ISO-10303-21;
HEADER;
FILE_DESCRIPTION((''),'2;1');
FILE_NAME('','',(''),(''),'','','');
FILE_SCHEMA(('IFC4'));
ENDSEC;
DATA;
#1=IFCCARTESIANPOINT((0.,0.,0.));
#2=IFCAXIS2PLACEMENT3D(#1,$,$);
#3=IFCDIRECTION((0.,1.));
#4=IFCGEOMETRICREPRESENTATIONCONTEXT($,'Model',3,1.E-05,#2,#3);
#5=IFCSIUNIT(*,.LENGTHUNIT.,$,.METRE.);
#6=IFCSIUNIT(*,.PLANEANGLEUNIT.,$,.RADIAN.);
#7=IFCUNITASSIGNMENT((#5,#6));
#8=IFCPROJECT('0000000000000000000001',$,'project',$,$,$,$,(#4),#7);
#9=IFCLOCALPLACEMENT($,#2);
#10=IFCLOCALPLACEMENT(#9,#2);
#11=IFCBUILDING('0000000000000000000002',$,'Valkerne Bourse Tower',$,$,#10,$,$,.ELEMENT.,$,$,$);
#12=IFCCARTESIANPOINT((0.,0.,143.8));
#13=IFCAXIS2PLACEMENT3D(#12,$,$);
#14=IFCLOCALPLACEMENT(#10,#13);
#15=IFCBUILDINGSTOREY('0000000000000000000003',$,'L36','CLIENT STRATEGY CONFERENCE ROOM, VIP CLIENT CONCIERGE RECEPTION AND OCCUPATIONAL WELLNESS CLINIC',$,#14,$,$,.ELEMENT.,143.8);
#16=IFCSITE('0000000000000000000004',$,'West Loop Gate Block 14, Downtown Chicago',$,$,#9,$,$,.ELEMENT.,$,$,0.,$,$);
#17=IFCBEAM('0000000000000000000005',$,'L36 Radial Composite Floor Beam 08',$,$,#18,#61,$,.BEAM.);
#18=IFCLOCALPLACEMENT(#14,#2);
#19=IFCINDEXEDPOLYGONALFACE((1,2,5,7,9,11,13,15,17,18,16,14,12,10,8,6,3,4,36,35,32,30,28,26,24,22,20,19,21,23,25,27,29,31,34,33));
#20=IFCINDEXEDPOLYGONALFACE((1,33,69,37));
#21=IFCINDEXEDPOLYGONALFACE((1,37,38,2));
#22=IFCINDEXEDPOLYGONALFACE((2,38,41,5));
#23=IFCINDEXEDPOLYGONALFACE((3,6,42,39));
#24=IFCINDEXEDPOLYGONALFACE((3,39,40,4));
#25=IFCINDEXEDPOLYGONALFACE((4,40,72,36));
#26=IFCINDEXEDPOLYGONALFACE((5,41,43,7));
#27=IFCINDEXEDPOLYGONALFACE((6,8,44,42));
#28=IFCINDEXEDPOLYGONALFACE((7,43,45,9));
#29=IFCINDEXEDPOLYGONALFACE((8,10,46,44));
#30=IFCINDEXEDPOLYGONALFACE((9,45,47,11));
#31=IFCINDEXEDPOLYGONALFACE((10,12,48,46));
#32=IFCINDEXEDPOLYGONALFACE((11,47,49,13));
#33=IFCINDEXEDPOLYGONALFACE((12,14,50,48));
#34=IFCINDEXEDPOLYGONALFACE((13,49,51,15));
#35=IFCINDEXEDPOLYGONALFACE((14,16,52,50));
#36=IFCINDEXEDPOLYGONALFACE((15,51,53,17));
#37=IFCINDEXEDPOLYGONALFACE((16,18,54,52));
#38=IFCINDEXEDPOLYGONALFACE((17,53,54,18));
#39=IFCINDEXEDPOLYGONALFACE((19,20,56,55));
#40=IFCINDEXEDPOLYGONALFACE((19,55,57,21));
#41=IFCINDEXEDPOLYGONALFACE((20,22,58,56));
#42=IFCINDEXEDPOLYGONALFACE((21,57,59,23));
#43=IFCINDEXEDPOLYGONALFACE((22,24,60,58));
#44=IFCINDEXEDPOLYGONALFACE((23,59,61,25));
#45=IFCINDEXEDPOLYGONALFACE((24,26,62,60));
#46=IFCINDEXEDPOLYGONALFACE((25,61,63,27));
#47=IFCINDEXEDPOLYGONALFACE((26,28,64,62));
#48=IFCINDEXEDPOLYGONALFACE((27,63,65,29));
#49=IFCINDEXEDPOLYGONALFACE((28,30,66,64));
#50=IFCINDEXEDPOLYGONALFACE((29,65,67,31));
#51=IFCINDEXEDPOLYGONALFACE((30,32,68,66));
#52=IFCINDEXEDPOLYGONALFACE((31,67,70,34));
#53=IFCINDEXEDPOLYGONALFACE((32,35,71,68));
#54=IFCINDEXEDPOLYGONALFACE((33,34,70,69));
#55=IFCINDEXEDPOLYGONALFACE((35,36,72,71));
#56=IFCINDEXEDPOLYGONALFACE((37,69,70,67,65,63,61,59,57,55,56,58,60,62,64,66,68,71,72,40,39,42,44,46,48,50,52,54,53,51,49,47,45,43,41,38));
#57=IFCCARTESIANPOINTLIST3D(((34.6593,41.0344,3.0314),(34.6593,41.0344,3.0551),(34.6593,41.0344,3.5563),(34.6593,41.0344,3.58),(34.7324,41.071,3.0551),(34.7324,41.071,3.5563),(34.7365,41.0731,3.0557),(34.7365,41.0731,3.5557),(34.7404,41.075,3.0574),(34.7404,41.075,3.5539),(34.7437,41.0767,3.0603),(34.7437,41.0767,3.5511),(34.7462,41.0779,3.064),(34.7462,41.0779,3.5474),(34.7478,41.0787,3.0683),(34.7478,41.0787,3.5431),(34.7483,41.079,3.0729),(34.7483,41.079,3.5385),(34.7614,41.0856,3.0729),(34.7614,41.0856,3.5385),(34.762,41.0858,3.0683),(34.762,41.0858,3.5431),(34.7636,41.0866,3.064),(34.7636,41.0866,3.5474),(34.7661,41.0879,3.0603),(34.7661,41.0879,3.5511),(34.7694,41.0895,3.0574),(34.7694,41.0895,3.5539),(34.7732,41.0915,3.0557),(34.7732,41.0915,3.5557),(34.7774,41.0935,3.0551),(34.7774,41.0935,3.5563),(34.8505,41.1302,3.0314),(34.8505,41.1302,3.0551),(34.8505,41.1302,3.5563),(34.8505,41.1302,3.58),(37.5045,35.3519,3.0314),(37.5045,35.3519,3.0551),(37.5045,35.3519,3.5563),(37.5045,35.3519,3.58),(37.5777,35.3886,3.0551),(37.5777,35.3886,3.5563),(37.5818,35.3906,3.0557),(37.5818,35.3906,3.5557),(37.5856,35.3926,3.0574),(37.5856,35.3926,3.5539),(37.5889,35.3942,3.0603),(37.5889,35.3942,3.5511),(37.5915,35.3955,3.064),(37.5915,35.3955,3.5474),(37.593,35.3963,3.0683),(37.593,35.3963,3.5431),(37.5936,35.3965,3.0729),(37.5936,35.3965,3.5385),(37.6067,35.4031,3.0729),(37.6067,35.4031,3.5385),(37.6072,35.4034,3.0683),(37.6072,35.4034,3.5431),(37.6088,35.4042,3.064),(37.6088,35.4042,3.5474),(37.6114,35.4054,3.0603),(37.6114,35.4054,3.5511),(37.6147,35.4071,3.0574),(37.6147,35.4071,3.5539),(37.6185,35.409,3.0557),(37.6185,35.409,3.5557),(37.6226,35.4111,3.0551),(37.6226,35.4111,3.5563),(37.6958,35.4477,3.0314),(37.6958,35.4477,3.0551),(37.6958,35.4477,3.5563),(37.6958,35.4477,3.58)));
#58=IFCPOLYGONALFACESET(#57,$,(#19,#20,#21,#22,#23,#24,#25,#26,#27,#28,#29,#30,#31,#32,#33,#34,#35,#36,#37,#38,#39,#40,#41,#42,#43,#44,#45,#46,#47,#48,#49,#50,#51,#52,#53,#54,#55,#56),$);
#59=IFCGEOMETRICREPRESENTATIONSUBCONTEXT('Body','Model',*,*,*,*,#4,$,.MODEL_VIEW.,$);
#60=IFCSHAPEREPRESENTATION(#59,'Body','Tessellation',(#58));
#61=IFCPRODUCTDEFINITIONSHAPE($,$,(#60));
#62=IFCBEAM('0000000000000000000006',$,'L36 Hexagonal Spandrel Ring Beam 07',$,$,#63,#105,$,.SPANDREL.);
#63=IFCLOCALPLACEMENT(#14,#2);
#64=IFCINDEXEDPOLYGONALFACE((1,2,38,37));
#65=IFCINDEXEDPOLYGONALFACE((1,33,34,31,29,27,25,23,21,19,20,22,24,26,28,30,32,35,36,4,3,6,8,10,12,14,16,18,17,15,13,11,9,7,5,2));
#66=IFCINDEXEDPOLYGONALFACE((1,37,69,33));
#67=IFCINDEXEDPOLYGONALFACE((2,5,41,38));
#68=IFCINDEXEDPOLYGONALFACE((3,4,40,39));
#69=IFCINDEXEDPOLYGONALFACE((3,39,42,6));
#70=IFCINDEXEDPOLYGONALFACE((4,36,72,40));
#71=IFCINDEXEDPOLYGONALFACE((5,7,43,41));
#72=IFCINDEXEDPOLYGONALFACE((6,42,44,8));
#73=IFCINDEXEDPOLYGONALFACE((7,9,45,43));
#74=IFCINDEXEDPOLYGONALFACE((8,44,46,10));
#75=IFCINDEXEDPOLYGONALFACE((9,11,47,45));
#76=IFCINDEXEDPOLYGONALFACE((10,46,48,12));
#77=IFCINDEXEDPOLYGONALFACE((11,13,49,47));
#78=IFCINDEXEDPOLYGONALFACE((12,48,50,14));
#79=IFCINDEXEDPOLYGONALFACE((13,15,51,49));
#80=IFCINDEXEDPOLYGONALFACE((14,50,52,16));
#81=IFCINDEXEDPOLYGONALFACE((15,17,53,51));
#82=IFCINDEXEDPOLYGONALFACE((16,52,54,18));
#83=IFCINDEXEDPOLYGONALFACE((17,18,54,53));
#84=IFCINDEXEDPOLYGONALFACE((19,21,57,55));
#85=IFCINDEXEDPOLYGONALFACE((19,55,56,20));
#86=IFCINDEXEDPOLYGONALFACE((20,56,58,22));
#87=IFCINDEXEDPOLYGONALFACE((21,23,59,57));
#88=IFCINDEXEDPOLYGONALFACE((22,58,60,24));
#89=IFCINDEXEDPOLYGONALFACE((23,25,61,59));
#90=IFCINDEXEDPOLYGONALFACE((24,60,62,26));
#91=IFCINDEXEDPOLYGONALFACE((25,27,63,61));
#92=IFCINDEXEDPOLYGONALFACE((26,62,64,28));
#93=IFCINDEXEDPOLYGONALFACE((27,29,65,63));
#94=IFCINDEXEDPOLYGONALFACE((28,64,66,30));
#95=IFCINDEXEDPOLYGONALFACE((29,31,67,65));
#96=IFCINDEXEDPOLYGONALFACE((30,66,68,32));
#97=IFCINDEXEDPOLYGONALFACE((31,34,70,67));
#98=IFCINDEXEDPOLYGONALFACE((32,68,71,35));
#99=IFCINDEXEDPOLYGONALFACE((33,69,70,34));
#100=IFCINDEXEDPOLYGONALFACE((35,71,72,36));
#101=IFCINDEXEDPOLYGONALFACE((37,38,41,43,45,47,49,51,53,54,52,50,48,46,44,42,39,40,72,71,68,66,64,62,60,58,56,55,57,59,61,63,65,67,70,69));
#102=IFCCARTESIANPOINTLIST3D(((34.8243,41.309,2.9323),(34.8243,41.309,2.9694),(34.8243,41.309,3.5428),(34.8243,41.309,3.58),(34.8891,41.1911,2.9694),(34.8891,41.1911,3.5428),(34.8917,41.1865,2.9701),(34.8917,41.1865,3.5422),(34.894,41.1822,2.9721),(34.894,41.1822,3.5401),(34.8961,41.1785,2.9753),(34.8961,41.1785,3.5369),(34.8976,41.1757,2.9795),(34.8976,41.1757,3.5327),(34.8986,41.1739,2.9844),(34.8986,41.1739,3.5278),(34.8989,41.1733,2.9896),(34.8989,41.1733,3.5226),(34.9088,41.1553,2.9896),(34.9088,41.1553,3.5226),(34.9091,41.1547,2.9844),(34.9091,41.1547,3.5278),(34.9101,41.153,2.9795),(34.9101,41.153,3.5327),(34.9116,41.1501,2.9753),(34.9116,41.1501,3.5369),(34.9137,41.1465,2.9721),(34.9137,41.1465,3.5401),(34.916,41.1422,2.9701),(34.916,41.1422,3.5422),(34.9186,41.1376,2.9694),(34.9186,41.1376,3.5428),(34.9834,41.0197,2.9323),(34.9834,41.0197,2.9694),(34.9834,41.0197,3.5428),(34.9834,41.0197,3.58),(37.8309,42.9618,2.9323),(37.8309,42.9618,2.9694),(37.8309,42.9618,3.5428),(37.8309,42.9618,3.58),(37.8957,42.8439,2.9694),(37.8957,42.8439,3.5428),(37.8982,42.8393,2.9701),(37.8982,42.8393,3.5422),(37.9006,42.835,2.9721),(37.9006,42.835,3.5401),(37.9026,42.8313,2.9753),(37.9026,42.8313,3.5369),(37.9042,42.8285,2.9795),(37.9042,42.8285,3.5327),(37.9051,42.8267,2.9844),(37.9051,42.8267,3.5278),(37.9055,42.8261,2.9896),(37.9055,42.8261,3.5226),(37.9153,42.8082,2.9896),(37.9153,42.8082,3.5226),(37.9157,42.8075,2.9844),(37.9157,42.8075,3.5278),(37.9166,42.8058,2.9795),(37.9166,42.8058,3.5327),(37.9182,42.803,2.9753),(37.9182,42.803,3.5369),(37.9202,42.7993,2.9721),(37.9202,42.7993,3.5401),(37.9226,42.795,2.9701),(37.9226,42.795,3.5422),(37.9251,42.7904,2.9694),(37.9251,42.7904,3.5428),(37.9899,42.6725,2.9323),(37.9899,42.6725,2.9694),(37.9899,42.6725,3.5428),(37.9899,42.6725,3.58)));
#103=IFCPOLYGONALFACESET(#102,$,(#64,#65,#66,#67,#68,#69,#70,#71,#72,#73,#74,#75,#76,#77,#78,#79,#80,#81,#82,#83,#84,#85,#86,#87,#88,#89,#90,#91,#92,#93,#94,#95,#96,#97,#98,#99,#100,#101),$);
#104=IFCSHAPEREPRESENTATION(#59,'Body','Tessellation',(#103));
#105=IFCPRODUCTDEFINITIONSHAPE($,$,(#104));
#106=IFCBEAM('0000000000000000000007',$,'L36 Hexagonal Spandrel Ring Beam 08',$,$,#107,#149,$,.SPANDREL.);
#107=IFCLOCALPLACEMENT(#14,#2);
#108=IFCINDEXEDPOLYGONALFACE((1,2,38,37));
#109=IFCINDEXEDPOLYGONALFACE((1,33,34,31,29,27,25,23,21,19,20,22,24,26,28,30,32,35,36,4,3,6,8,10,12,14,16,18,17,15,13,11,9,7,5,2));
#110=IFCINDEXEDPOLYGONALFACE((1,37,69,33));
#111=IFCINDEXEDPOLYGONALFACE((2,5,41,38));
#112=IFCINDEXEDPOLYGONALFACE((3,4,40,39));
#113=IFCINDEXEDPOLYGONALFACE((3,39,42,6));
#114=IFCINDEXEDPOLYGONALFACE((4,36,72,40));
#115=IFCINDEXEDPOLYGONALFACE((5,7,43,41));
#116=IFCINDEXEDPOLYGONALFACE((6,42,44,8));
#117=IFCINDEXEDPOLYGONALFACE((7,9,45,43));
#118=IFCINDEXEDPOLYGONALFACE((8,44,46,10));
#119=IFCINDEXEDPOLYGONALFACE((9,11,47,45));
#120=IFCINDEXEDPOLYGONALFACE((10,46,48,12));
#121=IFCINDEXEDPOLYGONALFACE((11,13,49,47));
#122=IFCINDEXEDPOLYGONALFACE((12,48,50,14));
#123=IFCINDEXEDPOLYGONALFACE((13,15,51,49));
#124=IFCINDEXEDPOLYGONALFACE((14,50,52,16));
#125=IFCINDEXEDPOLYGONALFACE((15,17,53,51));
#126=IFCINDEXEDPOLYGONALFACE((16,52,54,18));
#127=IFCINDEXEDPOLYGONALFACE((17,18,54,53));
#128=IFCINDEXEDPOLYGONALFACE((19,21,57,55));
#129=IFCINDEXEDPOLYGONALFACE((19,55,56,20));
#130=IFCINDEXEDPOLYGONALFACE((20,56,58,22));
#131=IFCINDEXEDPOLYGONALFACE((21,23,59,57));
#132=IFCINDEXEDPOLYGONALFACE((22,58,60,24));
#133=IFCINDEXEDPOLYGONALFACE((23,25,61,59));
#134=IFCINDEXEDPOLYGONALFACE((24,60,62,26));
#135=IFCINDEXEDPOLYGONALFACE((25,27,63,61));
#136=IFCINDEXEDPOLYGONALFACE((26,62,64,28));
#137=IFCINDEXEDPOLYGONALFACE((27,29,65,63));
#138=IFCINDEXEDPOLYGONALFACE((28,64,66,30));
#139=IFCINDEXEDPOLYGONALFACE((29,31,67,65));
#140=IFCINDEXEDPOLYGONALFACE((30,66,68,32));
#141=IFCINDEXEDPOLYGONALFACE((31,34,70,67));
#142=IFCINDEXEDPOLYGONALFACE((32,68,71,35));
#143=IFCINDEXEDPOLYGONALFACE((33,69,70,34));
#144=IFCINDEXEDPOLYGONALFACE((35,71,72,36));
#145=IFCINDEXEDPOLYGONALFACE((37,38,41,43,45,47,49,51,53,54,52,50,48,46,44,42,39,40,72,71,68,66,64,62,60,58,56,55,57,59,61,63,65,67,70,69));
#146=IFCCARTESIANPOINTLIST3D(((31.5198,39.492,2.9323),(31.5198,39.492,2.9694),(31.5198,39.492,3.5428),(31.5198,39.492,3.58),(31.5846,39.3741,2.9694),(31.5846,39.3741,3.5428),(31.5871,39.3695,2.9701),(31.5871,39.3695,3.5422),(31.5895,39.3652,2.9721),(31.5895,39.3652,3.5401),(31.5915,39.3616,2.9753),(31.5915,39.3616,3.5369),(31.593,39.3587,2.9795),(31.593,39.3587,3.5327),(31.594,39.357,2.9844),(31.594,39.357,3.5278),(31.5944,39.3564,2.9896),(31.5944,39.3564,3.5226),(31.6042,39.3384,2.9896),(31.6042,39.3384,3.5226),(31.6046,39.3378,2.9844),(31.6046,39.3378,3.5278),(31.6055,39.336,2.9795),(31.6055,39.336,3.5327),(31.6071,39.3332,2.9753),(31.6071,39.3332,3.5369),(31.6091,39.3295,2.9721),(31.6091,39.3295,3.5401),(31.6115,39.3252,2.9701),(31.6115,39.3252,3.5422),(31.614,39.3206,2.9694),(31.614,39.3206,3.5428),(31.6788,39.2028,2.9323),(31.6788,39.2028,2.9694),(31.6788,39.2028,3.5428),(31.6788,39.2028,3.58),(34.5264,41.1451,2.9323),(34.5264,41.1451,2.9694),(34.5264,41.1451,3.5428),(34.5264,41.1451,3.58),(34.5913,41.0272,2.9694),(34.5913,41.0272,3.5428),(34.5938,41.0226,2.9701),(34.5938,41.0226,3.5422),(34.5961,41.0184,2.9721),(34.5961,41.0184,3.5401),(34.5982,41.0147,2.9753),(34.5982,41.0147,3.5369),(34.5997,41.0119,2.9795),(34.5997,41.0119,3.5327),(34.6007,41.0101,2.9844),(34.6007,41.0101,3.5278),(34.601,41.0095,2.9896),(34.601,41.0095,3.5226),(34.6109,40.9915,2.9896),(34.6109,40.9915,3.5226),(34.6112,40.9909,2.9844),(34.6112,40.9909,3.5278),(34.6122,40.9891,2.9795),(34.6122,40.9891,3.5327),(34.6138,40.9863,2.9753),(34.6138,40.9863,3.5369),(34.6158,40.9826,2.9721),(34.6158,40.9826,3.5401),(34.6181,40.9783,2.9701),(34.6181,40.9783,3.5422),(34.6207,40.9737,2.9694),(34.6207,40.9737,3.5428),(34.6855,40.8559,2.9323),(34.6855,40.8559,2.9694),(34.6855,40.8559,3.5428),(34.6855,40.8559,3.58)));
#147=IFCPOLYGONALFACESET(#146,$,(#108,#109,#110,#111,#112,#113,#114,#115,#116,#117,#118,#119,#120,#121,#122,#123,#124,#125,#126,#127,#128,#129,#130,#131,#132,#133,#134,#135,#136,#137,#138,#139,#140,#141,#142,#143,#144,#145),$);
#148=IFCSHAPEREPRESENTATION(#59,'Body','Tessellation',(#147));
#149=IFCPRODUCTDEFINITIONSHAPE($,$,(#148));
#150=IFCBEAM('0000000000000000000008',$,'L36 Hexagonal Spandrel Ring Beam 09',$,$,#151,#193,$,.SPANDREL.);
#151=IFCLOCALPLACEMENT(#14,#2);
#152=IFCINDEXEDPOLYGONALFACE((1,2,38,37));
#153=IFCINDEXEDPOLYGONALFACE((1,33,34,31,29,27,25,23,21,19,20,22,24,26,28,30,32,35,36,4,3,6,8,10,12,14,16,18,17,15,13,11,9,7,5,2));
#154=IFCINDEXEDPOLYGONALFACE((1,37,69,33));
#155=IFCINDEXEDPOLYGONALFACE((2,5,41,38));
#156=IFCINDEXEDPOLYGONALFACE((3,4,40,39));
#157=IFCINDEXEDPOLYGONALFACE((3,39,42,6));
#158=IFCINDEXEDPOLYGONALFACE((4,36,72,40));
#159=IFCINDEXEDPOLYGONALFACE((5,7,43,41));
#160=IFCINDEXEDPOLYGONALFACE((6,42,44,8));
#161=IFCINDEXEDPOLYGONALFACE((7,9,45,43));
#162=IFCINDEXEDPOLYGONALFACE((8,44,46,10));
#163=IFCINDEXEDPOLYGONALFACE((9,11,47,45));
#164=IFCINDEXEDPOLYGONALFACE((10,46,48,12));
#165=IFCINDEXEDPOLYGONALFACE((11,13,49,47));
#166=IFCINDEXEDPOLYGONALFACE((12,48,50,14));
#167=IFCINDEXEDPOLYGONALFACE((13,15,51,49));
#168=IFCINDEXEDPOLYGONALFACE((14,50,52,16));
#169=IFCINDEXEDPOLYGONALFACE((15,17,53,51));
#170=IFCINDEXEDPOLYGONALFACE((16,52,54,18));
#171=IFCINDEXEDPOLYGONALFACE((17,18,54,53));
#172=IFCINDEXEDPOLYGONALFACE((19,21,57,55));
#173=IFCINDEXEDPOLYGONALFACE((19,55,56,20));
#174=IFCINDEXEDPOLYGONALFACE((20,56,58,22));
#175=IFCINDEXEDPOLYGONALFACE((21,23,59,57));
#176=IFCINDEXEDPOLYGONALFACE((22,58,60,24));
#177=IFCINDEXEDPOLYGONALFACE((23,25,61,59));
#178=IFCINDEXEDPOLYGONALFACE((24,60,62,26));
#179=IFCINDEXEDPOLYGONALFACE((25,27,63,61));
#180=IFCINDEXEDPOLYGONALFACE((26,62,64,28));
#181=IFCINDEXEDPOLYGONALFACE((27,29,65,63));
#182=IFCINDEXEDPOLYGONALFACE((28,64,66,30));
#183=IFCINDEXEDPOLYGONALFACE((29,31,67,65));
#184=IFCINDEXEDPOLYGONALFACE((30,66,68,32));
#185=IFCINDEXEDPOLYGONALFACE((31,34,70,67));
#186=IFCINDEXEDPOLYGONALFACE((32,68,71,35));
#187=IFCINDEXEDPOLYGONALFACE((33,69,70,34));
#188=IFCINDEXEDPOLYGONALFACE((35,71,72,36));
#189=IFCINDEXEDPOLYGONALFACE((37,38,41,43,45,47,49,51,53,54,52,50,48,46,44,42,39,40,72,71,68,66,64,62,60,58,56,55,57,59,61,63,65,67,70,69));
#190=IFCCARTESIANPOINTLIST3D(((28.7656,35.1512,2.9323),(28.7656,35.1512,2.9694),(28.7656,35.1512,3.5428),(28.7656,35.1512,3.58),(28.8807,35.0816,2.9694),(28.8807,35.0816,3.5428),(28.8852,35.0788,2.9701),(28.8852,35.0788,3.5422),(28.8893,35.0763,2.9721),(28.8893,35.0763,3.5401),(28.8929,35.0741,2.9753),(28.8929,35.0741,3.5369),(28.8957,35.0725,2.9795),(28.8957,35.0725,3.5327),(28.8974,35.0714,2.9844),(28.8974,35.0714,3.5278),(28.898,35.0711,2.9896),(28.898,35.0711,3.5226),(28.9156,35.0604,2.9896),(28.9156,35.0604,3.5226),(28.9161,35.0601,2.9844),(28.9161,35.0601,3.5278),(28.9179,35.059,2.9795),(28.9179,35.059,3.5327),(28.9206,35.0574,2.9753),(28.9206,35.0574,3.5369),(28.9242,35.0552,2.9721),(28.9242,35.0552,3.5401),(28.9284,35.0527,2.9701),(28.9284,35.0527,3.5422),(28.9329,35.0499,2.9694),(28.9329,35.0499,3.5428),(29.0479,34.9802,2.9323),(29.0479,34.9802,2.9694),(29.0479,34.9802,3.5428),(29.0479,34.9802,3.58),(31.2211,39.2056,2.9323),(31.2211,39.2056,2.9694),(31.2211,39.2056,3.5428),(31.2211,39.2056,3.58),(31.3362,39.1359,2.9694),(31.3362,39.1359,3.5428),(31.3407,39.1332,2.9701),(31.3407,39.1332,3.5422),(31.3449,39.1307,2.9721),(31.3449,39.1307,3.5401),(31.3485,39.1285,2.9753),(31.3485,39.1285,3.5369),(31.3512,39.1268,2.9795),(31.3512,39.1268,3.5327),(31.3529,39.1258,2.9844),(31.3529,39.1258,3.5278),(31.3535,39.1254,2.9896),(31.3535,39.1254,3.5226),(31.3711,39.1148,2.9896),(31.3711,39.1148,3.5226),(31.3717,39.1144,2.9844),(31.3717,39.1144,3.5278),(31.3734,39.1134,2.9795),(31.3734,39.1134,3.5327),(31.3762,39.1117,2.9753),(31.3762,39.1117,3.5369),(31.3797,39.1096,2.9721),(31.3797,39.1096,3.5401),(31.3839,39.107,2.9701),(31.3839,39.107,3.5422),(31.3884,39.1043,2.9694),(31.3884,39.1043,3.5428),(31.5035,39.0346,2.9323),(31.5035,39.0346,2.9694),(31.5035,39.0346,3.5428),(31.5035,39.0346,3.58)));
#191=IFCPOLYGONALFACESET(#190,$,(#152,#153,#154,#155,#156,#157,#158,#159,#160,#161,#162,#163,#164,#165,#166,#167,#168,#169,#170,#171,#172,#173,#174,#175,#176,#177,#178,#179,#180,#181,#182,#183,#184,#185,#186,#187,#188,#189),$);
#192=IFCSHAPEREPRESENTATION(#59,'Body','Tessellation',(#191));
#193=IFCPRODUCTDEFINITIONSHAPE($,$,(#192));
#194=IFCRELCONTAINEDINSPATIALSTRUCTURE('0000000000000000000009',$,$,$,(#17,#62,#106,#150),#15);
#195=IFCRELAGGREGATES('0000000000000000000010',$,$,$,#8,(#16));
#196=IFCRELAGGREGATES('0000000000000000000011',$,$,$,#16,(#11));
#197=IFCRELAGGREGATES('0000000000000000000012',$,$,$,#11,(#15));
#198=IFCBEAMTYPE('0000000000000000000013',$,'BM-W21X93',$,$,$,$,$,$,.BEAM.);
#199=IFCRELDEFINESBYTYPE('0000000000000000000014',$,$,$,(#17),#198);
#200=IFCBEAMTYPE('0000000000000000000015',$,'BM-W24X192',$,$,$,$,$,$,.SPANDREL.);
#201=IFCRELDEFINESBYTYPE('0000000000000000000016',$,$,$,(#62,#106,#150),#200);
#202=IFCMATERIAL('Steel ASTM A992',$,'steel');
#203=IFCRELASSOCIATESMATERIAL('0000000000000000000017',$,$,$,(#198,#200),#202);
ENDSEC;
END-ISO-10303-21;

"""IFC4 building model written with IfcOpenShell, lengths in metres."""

from ifc_helpers import new_model, si_unit, direction, frame, origin, origin_2d, place, context, subcontext, project, spatial, i_section, extrude, material, material_profile, profile_set, type_object, element, save


model = new_model("IFC4")

# Units and contexts
model_context = context("Model", 3, precision=1e-05, world=origin(), true_north=direction((0.0, 1.0)))
body_context = subcontext(model_context, "Body", "Model", "MODEL_VIEW")
ifc_project = project(units=[si_unit("LENGTHUNIT", "METRE"), si_unit("PLANEANGLEUNIT", "RADIAN")], contexts=[model_context])

# Site, building, storey
site_placement = place(None, origin())
site = spatial("IfcSite", under=ifc_project, at=site_placement, Name="West Loop Gate Block 14, Downtown Chicago", CompositionType="ELEMENT", RefElevation=0.0)
building_placement = place(site_placement, origin())
building = spatial("IfcBuilding", under=site, at=building_placement, Name="Valkerne Bourse Tower", CompositionType="ELEMENT")
storey_placement = place(building_placement, frame((0.0, 0.0, 143.8)))
storey = spatial("IfcBuildingStorey", under=building, at=storey_placement, Name="L36", Description="CLIENT STRATEGY CONFERENCE ROOM, VIP CLIENT CONCIERGE RECEPTION AND OCCUPATIONAL WELLNESS CLINIC", CompositionType="ELEMENT", Elevation=143.8)

# Beams
ifc_material_1 = material(Name="Steel ASTM A992", Category="steel")
ifc_material_profile_1 = material_profile(ifc_material_1, i_section(OverallWidth=0.2139, OverallDepth=0.5486, WebThickness=0.0146, FlangeThickness=0.0237, FilletRadius=0.0178, at=origin_2d()), Name="W21X93")
ifc_profile_set_1 = profile_set([ifc_material_profile_1], Name="Steel ASTM A992")
beam_type_1 = type_object("IfcBeamType", Name="BM-W21X93", PredefinedType="BEAM", material=ifc_profile_set_1)
beam_1_placement = place(storey_placement, frame((34.7549, 41.0823, 3.3057), z_axis=(0.447721, -0.894173, 0.0), x_axis=(0.894173, 0.447721, 0.0)))
element("IfcBeam", 1, at=beam_1_placement, inside=storey, type_object=beam_type_1, Name="L36 Radial Composite Floor Beam 08", PredefinedType="BEAM", context=body_context, shape_type="SweptSolid", body=[
    extrude(i_section(OverallWidth=0.2139, OverallDepth=0.5486, WebThickness=0.0146, FlangeThickness=0.0237, FilletRadius=0.0178, at=origin_2d()), origin(), (0.0, 0.0, 1.0), 6.355),
])
ifc_material_profile_2 = material_profile(ifc_material_1, i_section(OverallWidth=0.3301, OverallDepth=0.6477, WebThickness=0.0205, FlangeThickness=0.0371, FilletRadius=0.0203, at=origin_2d()), Name="W24X192")
ifc_profile_set_2 = profile_set([ifc_material_profile_2], Name="Steel ASTM A992")
beam_type_2 = type_object("IfcBeamType", Name="BM-W24X192", PredefinedType="SPANDREL", material=ifc_profile_set_2)
beam_2_placement = place(storey_placement, frame((37.9104, 42.8171, 3.2561), z_axis=(-0.876314, -0.481741, 0.0), x_axis=(0.481741, -0.876314, 0.0)))
element("IfcBeam", 2, at=beam_2_placement, inside=storey, type_object=beam_type_2, Name="L36 Hexagonal Spandrel Ring Beam 07", PredefinedType="SPANDREL", context=body_context, shape_type="SweptSolid", body=[
    extrude(i_section(OverallWidth=0.3301, OverallDepth=0.6477, WebThickness=0.0205, FlangeThickness=0.0371, FilletRadius=0.0203, at=origin_2d()), origin(), (0.0, 0.0, 1.0), 3.4309),
])
beam_3_placement = place(storey_placement, frame((34.606, 41.0005, 3.2561), z_axis=(-0.876284, -0.481796, 0.0), x_axis=(0.481796, -0.876284, 0.0)))
element("IfcBeam", 3, at=beam_3_placement, inside=storey, type_object=beam_type_2, Name="L36 Hexagonal Spandrel Ring Beam 08", PredefinedType="SPANDREL", context=body_context, shape_type="SweptSolid", body=[
    extrude(i_section(OverallWidth=0.3301, OverallDepth=0.6477, WebThickness=0.0205, FlangeThickness=0.0371, FilletRadius=0.0203, at=origin_2d()), origin(), (0.0, 0.0, 1.0), 3.4312),
])
beam_4_placement = place(storey_placement, frame((31.3623, 39.1201, 3.2561), z_axis=(-0.518044, -0.855354, 0.0), x_axis=(0.855354, -0.518044, 0.0)))
element("IfcBeam", 4, at=beam_4_placement, inside=storey, type_object=beam_type_2, Name="L36 Hexagonal Spandrel Ring Beam 09", PredefinedType="SPANDREL", context=body_context, shape_type="SweptSolid", body=[
    extrude(i_section(OverallWidth=0.3301, OverallDepth=0.6477, WebThickness=0.0205, FlangeThickness=0.0371, FilletRadius=0.0203, at=origin_2d()), origin(), (0.0, 0.0, 1.0), 4.74),
])

save(model, "model.ifc")
